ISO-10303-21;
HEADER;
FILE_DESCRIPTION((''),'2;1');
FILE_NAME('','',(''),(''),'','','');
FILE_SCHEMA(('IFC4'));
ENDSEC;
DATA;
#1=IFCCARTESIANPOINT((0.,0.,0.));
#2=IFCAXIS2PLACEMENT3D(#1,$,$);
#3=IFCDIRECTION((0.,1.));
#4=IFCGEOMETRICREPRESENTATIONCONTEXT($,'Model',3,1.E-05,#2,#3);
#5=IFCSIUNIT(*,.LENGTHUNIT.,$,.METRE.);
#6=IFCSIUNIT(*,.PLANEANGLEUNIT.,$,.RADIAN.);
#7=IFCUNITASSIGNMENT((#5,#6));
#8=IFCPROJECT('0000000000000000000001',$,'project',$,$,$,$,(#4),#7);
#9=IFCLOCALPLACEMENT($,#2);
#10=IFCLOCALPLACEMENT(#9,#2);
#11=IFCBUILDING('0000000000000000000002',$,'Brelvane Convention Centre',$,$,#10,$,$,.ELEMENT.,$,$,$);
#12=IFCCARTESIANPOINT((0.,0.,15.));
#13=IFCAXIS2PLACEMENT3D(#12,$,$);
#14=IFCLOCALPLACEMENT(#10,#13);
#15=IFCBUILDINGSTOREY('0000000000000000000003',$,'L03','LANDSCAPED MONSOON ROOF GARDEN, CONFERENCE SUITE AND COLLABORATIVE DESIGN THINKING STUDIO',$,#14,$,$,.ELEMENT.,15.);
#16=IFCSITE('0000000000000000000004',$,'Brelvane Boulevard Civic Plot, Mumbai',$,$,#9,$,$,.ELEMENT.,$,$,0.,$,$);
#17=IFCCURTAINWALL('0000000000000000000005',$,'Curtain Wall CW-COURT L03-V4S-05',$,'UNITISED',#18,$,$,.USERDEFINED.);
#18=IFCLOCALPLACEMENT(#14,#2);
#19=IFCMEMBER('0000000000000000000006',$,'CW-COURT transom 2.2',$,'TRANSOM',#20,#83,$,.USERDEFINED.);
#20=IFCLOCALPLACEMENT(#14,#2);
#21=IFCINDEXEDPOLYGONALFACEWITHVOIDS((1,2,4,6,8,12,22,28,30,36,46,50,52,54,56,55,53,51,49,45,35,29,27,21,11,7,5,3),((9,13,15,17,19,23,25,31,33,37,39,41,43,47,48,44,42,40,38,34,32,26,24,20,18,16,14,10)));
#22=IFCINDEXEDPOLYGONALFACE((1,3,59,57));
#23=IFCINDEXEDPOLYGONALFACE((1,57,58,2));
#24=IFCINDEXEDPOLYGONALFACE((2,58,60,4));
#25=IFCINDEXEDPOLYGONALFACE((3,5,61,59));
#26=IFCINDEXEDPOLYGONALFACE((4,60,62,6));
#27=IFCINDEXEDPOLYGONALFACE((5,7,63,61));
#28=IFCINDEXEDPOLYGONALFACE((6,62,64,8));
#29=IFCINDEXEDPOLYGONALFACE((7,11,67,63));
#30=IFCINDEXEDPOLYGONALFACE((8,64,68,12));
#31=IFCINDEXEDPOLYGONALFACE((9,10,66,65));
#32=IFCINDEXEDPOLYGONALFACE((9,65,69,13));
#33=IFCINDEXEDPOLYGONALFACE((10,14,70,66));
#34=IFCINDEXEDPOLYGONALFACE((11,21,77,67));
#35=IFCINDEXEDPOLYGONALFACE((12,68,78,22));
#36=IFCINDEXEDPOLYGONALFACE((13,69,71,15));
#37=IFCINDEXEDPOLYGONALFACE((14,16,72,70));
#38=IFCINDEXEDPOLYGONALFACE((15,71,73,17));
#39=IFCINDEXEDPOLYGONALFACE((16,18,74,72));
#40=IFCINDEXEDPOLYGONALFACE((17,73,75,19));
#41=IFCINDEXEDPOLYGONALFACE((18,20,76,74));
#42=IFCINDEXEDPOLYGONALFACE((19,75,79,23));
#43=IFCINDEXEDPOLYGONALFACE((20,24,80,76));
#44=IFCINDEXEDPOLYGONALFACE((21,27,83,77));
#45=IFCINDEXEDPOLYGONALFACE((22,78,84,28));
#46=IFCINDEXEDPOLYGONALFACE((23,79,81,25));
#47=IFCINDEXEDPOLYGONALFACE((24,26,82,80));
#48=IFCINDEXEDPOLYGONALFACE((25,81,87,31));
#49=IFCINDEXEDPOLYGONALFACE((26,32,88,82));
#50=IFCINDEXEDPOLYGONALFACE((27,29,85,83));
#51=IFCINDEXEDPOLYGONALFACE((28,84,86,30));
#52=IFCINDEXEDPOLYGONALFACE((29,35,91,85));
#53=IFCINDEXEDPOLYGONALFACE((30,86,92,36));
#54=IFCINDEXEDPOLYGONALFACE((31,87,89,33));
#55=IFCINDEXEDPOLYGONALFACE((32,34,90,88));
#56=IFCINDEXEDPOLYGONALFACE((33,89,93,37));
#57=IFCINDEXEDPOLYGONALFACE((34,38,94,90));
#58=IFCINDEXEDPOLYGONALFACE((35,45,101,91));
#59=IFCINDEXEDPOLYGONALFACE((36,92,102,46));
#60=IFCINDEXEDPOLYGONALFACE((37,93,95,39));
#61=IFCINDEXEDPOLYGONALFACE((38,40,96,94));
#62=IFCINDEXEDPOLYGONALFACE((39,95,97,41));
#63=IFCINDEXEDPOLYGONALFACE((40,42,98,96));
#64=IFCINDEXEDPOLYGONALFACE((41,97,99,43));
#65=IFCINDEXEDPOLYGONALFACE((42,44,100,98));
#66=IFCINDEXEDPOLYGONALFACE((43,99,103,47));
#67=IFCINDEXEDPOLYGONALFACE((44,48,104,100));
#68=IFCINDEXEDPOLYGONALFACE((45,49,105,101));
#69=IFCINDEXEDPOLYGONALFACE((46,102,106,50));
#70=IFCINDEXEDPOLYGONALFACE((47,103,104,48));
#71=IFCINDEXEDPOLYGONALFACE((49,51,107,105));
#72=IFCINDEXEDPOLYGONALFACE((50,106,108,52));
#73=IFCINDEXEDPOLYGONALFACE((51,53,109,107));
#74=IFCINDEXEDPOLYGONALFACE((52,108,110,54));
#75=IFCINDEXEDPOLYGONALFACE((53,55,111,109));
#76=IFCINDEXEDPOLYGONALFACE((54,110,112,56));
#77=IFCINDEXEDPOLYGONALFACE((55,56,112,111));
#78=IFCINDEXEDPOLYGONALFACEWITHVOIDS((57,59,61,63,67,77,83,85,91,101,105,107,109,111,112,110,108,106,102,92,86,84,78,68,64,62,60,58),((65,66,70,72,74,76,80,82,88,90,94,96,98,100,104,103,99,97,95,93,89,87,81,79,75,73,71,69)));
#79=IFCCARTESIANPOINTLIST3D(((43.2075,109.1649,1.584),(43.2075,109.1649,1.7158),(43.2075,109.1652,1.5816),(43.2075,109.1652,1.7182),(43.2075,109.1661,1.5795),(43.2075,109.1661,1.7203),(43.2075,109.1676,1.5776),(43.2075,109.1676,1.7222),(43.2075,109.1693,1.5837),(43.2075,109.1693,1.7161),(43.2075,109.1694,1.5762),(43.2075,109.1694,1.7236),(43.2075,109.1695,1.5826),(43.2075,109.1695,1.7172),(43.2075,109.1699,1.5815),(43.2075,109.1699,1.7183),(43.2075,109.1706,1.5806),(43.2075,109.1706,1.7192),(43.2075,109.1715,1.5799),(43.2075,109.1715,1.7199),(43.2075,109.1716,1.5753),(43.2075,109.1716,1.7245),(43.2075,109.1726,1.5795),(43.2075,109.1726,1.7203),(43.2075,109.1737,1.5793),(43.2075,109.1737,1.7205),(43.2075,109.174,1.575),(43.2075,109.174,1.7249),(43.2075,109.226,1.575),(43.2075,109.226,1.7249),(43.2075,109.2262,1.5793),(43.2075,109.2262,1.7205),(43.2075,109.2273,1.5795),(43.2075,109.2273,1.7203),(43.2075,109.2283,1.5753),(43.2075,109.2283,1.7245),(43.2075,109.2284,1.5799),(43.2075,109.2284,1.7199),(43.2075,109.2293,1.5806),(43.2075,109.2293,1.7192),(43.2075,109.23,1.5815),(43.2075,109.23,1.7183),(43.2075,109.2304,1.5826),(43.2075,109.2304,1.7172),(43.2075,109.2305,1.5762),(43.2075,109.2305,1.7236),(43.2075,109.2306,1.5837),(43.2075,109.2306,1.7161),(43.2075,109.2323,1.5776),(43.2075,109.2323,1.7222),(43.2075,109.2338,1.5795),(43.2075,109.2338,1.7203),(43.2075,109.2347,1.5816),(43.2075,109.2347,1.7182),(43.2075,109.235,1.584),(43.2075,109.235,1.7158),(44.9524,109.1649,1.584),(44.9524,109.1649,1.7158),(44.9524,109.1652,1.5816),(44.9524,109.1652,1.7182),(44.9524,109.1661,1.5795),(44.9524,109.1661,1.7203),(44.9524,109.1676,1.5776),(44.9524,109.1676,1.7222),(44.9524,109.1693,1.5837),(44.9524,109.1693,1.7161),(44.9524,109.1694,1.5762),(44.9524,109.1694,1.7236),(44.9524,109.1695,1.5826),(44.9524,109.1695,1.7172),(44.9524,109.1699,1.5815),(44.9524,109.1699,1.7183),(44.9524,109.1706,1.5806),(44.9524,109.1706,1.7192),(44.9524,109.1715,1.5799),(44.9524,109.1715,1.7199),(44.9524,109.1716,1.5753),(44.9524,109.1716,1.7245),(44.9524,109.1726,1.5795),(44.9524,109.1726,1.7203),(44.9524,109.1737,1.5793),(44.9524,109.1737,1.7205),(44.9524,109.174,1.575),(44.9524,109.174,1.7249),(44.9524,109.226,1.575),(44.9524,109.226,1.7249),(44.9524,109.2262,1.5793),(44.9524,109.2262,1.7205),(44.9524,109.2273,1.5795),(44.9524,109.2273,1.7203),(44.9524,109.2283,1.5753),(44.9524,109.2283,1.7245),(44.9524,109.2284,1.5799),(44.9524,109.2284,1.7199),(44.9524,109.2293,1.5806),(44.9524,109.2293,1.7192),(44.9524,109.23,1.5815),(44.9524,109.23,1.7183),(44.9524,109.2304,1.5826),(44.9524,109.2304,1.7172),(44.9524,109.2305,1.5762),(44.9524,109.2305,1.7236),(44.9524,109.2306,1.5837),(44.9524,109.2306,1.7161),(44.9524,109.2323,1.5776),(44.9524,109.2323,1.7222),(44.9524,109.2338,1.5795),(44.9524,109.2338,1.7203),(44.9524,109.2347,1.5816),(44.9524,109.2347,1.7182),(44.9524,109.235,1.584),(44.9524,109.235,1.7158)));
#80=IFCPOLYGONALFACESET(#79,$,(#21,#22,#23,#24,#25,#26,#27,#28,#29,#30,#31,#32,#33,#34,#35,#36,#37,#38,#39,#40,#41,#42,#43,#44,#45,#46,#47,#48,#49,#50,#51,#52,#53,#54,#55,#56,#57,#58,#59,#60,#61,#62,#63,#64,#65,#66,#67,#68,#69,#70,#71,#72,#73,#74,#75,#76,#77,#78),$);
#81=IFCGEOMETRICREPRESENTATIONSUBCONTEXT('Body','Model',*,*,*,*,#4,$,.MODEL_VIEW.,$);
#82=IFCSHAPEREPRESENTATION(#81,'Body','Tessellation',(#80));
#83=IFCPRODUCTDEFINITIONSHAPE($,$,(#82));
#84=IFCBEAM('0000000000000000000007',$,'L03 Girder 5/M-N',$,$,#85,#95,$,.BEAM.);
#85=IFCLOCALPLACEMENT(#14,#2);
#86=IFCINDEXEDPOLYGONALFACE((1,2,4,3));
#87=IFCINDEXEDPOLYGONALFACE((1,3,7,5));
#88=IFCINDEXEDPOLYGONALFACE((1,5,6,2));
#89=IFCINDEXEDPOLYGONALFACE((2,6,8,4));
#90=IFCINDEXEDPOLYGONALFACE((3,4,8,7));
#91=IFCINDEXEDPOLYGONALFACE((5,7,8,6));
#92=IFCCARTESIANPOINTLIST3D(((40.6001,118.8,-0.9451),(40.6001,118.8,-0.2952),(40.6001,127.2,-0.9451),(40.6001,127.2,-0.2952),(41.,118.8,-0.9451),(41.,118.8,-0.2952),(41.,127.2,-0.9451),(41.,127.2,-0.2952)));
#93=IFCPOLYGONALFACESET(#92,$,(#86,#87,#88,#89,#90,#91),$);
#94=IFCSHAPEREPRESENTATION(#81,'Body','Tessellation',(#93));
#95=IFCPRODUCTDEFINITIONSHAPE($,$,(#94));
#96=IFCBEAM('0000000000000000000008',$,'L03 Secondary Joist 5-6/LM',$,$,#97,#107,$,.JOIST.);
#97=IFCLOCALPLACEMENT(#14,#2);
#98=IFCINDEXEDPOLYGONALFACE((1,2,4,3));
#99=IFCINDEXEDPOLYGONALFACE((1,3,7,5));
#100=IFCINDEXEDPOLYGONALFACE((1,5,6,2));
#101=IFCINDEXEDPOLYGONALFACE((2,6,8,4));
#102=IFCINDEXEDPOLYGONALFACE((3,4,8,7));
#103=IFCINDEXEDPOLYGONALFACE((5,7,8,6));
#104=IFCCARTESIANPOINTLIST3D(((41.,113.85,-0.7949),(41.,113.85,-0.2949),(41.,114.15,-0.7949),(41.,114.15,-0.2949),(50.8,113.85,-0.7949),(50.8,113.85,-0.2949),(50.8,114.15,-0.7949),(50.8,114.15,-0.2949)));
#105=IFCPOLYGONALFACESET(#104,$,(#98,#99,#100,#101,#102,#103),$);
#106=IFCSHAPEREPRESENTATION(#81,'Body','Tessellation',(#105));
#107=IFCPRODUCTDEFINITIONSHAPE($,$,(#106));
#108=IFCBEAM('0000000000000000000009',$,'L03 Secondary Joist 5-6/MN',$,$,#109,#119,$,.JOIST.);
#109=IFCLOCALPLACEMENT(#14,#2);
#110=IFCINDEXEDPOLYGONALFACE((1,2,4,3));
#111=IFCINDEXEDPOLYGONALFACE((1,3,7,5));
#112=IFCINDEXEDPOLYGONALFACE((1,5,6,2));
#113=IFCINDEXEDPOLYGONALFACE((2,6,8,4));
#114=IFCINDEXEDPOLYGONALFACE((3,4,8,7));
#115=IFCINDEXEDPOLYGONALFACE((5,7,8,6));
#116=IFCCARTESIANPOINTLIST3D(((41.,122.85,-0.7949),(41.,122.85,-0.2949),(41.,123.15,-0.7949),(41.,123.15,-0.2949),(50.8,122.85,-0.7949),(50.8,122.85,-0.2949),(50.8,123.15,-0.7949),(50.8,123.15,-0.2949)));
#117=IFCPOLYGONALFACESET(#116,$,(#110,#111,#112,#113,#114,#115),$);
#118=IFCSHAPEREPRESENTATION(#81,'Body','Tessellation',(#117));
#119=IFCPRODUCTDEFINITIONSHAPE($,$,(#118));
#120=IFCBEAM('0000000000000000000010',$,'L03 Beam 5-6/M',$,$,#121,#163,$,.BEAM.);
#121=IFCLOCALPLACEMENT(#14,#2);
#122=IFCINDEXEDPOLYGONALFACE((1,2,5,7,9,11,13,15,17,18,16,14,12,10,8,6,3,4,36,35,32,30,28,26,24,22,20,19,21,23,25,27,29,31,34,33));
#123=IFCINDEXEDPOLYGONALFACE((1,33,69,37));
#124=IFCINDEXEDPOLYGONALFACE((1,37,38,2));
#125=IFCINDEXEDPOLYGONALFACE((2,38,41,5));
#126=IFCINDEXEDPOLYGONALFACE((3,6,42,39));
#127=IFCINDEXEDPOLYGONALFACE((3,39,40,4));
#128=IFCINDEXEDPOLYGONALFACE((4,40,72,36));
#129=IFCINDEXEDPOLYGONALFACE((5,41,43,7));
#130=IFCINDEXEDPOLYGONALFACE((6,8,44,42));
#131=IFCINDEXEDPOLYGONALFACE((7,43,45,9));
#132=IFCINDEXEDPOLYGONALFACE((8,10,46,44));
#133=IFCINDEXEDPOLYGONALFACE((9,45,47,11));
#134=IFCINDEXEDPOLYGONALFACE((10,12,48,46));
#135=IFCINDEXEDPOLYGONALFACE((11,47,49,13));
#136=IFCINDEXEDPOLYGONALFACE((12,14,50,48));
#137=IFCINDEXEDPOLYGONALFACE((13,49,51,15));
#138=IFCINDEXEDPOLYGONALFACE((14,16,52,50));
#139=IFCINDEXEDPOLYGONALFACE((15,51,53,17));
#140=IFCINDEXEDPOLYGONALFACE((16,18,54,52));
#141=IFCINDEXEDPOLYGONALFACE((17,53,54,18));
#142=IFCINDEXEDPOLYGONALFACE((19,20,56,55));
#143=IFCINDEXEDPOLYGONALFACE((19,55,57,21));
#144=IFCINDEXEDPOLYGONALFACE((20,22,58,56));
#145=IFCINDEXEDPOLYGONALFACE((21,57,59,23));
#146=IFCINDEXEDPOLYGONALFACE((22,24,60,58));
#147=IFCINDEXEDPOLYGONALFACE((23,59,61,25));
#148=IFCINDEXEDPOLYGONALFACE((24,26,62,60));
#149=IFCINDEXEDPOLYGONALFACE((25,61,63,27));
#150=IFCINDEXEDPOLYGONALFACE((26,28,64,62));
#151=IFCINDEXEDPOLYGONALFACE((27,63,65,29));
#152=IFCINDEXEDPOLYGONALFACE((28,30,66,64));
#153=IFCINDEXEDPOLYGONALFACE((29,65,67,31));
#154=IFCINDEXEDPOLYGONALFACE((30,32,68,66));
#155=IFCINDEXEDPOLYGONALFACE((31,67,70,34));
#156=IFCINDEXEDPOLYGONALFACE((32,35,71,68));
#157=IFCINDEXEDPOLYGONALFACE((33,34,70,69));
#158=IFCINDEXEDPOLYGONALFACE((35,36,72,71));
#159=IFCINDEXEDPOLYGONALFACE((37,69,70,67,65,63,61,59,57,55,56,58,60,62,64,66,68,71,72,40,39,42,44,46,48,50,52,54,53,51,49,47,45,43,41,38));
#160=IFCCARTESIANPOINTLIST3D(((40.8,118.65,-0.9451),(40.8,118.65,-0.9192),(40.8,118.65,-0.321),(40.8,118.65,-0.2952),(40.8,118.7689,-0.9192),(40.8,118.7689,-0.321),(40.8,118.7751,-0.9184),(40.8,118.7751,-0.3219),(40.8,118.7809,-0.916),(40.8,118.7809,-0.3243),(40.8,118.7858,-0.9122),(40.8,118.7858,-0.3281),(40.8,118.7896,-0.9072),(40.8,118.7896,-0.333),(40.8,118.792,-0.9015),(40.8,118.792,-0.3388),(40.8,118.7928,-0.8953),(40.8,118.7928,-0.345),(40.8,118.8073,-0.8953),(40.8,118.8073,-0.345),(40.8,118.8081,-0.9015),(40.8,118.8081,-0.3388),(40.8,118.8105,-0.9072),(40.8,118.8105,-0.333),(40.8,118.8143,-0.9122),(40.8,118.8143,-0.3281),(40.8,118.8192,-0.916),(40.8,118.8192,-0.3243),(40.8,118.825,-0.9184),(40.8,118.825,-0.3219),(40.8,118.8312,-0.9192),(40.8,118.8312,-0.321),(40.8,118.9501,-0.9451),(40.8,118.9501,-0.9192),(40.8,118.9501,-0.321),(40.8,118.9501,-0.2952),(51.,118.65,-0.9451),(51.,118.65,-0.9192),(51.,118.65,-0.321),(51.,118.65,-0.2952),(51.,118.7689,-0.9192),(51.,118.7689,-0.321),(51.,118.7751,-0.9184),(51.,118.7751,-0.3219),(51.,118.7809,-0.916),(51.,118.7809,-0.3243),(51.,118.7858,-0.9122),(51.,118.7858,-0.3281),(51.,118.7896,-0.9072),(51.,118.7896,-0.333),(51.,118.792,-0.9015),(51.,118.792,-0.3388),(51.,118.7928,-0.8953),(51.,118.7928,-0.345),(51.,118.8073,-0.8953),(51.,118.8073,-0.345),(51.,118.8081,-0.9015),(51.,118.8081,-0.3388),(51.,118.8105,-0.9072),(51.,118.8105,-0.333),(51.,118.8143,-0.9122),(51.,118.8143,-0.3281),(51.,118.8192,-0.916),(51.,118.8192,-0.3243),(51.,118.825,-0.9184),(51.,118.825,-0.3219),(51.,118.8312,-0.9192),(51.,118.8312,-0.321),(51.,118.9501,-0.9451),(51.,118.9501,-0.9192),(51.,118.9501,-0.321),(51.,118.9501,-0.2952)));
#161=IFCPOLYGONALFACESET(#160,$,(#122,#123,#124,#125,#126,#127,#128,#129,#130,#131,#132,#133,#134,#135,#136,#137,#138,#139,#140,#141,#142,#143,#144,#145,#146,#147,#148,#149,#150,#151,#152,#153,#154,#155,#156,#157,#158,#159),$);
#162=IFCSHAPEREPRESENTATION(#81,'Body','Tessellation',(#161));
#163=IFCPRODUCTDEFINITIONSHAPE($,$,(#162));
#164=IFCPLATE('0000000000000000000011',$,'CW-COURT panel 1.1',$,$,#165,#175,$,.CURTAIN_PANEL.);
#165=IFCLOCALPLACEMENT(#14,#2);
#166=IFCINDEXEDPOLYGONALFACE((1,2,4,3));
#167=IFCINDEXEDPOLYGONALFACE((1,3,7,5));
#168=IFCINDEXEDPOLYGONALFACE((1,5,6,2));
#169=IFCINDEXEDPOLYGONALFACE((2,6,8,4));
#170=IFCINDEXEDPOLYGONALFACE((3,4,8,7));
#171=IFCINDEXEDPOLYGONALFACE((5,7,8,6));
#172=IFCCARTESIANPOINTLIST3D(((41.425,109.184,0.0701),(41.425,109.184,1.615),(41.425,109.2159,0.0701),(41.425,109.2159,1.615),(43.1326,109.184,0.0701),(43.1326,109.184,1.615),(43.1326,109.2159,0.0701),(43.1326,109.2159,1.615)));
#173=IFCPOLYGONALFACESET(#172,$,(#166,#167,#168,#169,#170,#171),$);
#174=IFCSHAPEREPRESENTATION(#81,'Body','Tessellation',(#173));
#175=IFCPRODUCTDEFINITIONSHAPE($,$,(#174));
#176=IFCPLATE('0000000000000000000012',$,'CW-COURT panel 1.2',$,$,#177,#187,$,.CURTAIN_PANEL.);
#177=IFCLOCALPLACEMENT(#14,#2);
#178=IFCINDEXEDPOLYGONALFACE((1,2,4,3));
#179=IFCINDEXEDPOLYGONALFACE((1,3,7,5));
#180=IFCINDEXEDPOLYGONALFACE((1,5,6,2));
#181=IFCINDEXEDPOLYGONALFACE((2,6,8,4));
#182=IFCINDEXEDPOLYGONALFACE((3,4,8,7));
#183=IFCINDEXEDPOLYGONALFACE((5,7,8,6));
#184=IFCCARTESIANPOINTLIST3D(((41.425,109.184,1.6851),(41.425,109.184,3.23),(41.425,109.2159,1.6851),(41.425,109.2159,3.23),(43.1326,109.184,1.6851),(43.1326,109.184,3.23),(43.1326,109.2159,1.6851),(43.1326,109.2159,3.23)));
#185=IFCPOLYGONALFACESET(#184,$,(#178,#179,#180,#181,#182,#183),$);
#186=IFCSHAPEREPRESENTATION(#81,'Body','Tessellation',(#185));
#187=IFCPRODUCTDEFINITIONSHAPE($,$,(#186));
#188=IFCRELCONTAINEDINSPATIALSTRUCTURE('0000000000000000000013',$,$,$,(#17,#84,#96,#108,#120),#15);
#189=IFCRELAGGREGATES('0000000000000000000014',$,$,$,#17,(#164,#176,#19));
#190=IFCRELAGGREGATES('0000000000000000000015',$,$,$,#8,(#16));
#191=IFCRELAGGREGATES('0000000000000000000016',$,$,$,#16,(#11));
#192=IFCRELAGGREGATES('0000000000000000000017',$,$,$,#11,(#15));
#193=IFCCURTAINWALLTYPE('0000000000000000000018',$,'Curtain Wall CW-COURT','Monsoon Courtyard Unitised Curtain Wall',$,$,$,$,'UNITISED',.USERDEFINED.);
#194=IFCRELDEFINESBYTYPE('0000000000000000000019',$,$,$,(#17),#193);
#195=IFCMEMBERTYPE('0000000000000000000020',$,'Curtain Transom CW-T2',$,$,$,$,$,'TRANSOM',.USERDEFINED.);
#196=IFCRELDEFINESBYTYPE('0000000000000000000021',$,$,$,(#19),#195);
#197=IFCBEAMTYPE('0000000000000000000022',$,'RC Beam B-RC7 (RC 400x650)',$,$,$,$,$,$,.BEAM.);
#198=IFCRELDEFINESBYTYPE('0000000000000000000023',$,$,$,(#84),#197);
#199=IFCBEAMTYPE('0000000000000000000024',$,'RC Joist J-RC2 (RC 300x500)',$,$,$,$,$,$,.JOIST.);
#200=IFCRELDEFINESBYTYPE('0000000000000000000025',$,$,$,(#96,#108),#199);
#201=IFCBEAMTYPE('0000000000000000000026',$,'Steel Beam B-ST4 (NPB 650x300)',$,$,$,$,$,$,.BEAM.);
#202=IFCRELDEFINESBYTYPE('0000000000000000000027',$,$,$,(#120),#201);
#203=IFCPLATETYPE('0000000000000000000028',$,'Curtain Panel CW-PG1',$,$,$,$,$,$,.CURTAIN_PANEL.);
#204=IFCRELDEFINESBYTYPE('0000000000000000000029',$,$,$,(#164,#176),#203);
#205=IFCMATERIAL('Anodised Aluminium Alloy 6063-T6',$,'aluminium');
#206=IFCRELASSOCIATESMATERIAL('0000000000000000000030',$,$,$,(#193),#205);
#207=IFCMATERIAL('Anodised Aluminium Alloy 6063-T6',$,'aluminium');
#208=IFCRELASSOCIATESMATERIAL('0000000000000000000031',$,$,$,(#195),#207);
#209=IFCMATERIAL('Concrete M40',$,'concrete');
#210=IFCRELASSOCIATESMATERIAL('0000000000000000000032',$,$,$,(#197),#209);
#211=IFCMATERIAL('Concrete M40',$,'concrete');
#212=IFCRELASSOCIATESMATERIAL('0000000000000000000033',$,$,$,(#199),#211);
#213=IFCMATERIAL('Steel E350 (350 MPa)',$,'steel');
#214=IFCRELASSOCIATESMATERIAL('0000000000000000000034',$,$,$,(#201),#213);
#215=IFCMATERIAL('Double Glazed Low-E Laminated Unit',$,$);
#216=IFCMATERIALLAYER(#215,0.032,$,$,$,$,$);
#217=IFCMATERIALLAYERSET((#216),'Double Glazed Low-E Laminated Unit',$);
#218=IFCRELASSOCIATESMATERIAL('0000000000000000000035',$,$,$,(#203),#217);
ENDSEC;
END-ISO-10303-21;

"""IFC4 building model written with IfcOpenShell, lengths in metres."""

from ifc_helpers import new_model, si_unit, direction, frame, origin, origin_2d, place, context, subcontext, project, spatial, rectangle, hollow_rectangle, i_section, extrude, material, layer, layer_set, material_profile, profile_set, type_object, element, aggregate, save


model = new_model("IFC4")

# Units and contexts
model_context = context("Model", 3, precision=1e-05, world=origin(), true_north=direction((0.0, 1.0)))
body_context = subcontext(model_context, "Body", "Model", "MODEL_VIEW")
ifc_project = project(units=[si_unit("LENGTHUNIT", "METRE"), si_unit("PLANEANGLEUNIT", "RADIAN")], contexts=[model_context])

# Site, building, storey
site_placement = place(None, origin())
site = spatial("IfcSite", under=ifc_project, at=site_placement, Name="Brelvane Boulevard Civic Plot, Mumbai", CompositionType="ELEMENT", RefElevation=0.0)
building_placement = place(site_placement, origin())
building = spatial("IfcBuilding", under=site, at=building_placement, Name="Brelvane Convention Centre", CompositionType="ELEMENT")
storey_placement = place(building_placement, frame((0.0, 0.0, 15.0)))
storey = spatial("IfcBuildingStorey", under=building, at=storey_placement, Name="L03", Description="LANDSCAPED MONSOON ROOF GARDEN, CONFERENCE SUITE AND COLLABORATIVE DESIGN THINKING STUDIO", CompositionType="ELEMENT", Elevation=15.0)

# Curtain wall, member
ifc_material_1 = material(Name="Anodised Aluminium Alloy 6063-T6", Category="aluminium")
curtain_wall_type = type_object("IfcCurtainWallType", Name="Curtain Wall CW-COURT", Description="Monsoon Courtyard Unitised Curtain Wall", ElementType="UNITISED", PredefinedType="USERDEFINED", material=ifc_material_1)
curtain_wall_placement = place(storey_placement, origin())
curtain_wall = element("IfcCurtainWall", 1, at=curtain_wall_placement, inside=storey, type_object=curtain_wall_type, Name="Curtain Wall CW-COURT L03-V4S-05", ObjectType="UNITISED", PredefinedType="USERDEFINED")
ifc_material_2 = material(Name="Anodised Aluminium Alloy 6063-T6", Category="aluminium")
ifc_material_profile_1 = material_profile(ifc_material_2, hollow_rectangle(XDim=0.0701, YDim=0.1499, WallThickness=0.0044, InnerFilletRadius=0.0044, OuterFilletRadius=0.009, at=origin_2d()), Name="ALU-T 150x70x4.5")
ifc_profile_set_1 = profile_set([ifc_material_profile_1], Name="Anodised Aluminium Alloy 6063-T6")
member_type_1 = type_object("IfcMemberType", Name="Curtain Transom CW-T2", ElementType="TRANSOM", PredefinedType="USERDEFINED", material=ifc_profile_set_1)
member_1_placement = place(storey_placement, frame((43.2075, 109.2, 1.6499), z_axis=(1.0, 0.0, 0.0), x_axis=(0.0, 1.0, 0.0)))
member_1 = element("IfcMember", 2, at=member_1_placement, type_object=member_type_1, Name="CW-COURT transom 2.2", ObjectType="TRANSOM", PredefinedType="USERDEFINED", context=body_context, shape_type="SweptSolid", body=[
    extrude(hollow_rectangle(XDim=0.0701, YDim=0.1499, WallThickness=0.0044, InnerFilletRadius=0.0044, OuterFilletRadius=0.009, at=origin_2d()), origin(), (0.0, 0.0, 1.0), 1.7449),
])

# Beams
ifc_material_3 = material(Name="Concrete M40", Category="concrete")
ifc_material_profile_2 = material_profile(ifc_material_3, rectangle(XDim=0.3999, YDim=0.6499, at=origin_2d()), Name="RC 400x650")
ifc_profile_set_2 = profile_set([ifc_material_profile_2], Name="Concrete M40")
beam_type_1 = type_object("IfcBeamType", Name="RC Beam B-RC7 (RC 400x650)", PredefinedType="BEAM", material=ifc_profile_set_2)
beam_1_placement = place(storey_placement, frame((40.8, 118.8, -0.6201), z_axis=(0.0, 1.0, 0.0), x_axis=(-1.0, 0.0, 0.0)))
element("IfcBeam", 3, at=beam_1_placement, inside=storey, type_object=beam_type_1, Name="L03 Girder 5/M-N", PredefinedType="BEAM", context=body_context, shape_type="SweptSolid", body=[
    extrude(rectangle(XDim=0.3999, YDim=0.6499, at=origin_2d()), origin(), (0.0, 0.0, 1.0), 8.3999),
])
ifc_material_4 = material(Name="Concrete M40", Category="concrete")
ifc_material_profile_3 = material_profile(ifc_material_4, rectangle(XDim=0.3, YDim=0.5, at=origin_2d()), Name="RC 300x500")
ifc_profile_set_3 = profile_set([ifc_material_profile_3], Name="Concrete M40")
beam_type_2 = type_object("IfcBeamType", Name="RC Joist J-RC2 (RC 300x500)", PredefinedType="JOIST", material=ifc_profile_set_3)
for number, where, z_axis, x_axis, name in (
    (4, (41.0, 114.0, -0.5449), (1.0, 0.0, 0.0), (0.0, 1.0, 0.0), "L03 Secondary Joist 5-6/LM"),
    (5, (41.0, 123.0, -0.5449), (1.0, 0.0, 0.0), (0.0, 1.0, 0.0), "L03 Secondary Joist 5-6/MN"),
):
    element("IfcBeam", number, at=place(storey_placement, frame(where, z_axis=z_axis, x_axis=x_axis)), inside=storey, type_object=beam_type_2, Name=name, PredefinedType="JOIST", context=body_context, shape_type="SweptSolid", body=[
        extrude(rectangle(XDim=0.3, YDim=0.5, at=origin_2d()), origin(), (0.0, 0.0, 1.0), 9.8),
    ])
ifc_material_5 = material(Name="Steel E350 (350 MPa)", Category="steel")
ifc_material_profile_4 = material_profile(ifc_material_5, i_section(OverallWidth=0.3, OverallDepth=0.6499, WebThickness=0.0144, FlangeThickness=0.0259, FilletRadius=0.0239, at=origin_2d()), Name="NPB 650x300")
ifc_profile_set_4 = profile_set([ifc_material_profile_4], Name="Steel E350 (350 MPa)")
beam_type_3 = type_object("IfcBeamType", Name="Steel Beam B-ST4 (NPB 650x300)", PredefinedType="BEAM", material=ifc_profile_set_4)
beam_2_placement = place(storey_placement, frame((40.8, 118.8, -0.6201), z_axis=(1.0, 0.0, 0.0), x_axis=(0.0, 1.0, 0.0)))
element("IfcBeam", 6, at=beam_2_placement, inside=storey, type_object=beam_type_3, Name="L03 Beam 5-6/M", PredefinedType="BEAM", context=body_context, shape_type="SweptSolid", body=[
    extrude(i_section(OverallWidth=0.3, OverallDepth=0.6499, WebThickness=0.0144, FlangeThickness=0.0259, FilletRadius=0.0239, at=origin_2d()), origin(), (0.0, 0.0, 1.0), 10.2),
])

# Plates
ifc_material_6 = material(Name="Double Glazed Low-E Laminated Unit")
ifc_layer_1 = layer(ifc_material_6, 0.032)
ifc_layer_set_1 = layer_set([ifc_layer_1], Name="Double Glazed Low-E Laminated Unit")
plate_type = type_object("IfcPlateType", Name="Curtain Panel CW-PG1", PredefinedType="CURTAIN_PANEL", material=ifc_layer_set_1)
plate_1_placement = place(storey_placement, frame((42.2788, 109.2, 0.0701), z_axis=(0.0, 0.0, 1.0), x_axis=(1.0, 0.0, 0.0)))
plate_1 = element("IfcPlate", 7, at=plate_1_placement, type_object=plate_type, Name="CW-COURT panel 1.1", PredefinedType="CURTAIN_PANEL", context=body_context, shape_type="SweptSolid", body=[
    extrude(rectangle(XDim=1.7075, YDim=0.032, at=origin_2d()), origin(), (0.0, 0.0, 1.0), 1.5449),
])
plate_2_placement = place(storey_placement, frame((42.2788, 109.2, 1.6851), z_axis=(0.0, 0.0, 1.0), x_axis=(1.0, 0.0, 0.0)))
plate_2 = element("IfcPlate", 8, at=plate_2_placement, type_object=plate_type, Name="CW-COURT panel 1.2", PredefinedType="CURTAIN_PANEL", context=body_context, shape_type="SweptSolid", body=[
    extrude(rectangle(XDim=1.7075, YDim=0.032, at=origin_2d()), origin(), (0.0, 0.0, 1.0), 1.5449),
])
aggregate(curtain_wall, [plate_1, plate_2, member_1])

save(model, "model.ifc")
